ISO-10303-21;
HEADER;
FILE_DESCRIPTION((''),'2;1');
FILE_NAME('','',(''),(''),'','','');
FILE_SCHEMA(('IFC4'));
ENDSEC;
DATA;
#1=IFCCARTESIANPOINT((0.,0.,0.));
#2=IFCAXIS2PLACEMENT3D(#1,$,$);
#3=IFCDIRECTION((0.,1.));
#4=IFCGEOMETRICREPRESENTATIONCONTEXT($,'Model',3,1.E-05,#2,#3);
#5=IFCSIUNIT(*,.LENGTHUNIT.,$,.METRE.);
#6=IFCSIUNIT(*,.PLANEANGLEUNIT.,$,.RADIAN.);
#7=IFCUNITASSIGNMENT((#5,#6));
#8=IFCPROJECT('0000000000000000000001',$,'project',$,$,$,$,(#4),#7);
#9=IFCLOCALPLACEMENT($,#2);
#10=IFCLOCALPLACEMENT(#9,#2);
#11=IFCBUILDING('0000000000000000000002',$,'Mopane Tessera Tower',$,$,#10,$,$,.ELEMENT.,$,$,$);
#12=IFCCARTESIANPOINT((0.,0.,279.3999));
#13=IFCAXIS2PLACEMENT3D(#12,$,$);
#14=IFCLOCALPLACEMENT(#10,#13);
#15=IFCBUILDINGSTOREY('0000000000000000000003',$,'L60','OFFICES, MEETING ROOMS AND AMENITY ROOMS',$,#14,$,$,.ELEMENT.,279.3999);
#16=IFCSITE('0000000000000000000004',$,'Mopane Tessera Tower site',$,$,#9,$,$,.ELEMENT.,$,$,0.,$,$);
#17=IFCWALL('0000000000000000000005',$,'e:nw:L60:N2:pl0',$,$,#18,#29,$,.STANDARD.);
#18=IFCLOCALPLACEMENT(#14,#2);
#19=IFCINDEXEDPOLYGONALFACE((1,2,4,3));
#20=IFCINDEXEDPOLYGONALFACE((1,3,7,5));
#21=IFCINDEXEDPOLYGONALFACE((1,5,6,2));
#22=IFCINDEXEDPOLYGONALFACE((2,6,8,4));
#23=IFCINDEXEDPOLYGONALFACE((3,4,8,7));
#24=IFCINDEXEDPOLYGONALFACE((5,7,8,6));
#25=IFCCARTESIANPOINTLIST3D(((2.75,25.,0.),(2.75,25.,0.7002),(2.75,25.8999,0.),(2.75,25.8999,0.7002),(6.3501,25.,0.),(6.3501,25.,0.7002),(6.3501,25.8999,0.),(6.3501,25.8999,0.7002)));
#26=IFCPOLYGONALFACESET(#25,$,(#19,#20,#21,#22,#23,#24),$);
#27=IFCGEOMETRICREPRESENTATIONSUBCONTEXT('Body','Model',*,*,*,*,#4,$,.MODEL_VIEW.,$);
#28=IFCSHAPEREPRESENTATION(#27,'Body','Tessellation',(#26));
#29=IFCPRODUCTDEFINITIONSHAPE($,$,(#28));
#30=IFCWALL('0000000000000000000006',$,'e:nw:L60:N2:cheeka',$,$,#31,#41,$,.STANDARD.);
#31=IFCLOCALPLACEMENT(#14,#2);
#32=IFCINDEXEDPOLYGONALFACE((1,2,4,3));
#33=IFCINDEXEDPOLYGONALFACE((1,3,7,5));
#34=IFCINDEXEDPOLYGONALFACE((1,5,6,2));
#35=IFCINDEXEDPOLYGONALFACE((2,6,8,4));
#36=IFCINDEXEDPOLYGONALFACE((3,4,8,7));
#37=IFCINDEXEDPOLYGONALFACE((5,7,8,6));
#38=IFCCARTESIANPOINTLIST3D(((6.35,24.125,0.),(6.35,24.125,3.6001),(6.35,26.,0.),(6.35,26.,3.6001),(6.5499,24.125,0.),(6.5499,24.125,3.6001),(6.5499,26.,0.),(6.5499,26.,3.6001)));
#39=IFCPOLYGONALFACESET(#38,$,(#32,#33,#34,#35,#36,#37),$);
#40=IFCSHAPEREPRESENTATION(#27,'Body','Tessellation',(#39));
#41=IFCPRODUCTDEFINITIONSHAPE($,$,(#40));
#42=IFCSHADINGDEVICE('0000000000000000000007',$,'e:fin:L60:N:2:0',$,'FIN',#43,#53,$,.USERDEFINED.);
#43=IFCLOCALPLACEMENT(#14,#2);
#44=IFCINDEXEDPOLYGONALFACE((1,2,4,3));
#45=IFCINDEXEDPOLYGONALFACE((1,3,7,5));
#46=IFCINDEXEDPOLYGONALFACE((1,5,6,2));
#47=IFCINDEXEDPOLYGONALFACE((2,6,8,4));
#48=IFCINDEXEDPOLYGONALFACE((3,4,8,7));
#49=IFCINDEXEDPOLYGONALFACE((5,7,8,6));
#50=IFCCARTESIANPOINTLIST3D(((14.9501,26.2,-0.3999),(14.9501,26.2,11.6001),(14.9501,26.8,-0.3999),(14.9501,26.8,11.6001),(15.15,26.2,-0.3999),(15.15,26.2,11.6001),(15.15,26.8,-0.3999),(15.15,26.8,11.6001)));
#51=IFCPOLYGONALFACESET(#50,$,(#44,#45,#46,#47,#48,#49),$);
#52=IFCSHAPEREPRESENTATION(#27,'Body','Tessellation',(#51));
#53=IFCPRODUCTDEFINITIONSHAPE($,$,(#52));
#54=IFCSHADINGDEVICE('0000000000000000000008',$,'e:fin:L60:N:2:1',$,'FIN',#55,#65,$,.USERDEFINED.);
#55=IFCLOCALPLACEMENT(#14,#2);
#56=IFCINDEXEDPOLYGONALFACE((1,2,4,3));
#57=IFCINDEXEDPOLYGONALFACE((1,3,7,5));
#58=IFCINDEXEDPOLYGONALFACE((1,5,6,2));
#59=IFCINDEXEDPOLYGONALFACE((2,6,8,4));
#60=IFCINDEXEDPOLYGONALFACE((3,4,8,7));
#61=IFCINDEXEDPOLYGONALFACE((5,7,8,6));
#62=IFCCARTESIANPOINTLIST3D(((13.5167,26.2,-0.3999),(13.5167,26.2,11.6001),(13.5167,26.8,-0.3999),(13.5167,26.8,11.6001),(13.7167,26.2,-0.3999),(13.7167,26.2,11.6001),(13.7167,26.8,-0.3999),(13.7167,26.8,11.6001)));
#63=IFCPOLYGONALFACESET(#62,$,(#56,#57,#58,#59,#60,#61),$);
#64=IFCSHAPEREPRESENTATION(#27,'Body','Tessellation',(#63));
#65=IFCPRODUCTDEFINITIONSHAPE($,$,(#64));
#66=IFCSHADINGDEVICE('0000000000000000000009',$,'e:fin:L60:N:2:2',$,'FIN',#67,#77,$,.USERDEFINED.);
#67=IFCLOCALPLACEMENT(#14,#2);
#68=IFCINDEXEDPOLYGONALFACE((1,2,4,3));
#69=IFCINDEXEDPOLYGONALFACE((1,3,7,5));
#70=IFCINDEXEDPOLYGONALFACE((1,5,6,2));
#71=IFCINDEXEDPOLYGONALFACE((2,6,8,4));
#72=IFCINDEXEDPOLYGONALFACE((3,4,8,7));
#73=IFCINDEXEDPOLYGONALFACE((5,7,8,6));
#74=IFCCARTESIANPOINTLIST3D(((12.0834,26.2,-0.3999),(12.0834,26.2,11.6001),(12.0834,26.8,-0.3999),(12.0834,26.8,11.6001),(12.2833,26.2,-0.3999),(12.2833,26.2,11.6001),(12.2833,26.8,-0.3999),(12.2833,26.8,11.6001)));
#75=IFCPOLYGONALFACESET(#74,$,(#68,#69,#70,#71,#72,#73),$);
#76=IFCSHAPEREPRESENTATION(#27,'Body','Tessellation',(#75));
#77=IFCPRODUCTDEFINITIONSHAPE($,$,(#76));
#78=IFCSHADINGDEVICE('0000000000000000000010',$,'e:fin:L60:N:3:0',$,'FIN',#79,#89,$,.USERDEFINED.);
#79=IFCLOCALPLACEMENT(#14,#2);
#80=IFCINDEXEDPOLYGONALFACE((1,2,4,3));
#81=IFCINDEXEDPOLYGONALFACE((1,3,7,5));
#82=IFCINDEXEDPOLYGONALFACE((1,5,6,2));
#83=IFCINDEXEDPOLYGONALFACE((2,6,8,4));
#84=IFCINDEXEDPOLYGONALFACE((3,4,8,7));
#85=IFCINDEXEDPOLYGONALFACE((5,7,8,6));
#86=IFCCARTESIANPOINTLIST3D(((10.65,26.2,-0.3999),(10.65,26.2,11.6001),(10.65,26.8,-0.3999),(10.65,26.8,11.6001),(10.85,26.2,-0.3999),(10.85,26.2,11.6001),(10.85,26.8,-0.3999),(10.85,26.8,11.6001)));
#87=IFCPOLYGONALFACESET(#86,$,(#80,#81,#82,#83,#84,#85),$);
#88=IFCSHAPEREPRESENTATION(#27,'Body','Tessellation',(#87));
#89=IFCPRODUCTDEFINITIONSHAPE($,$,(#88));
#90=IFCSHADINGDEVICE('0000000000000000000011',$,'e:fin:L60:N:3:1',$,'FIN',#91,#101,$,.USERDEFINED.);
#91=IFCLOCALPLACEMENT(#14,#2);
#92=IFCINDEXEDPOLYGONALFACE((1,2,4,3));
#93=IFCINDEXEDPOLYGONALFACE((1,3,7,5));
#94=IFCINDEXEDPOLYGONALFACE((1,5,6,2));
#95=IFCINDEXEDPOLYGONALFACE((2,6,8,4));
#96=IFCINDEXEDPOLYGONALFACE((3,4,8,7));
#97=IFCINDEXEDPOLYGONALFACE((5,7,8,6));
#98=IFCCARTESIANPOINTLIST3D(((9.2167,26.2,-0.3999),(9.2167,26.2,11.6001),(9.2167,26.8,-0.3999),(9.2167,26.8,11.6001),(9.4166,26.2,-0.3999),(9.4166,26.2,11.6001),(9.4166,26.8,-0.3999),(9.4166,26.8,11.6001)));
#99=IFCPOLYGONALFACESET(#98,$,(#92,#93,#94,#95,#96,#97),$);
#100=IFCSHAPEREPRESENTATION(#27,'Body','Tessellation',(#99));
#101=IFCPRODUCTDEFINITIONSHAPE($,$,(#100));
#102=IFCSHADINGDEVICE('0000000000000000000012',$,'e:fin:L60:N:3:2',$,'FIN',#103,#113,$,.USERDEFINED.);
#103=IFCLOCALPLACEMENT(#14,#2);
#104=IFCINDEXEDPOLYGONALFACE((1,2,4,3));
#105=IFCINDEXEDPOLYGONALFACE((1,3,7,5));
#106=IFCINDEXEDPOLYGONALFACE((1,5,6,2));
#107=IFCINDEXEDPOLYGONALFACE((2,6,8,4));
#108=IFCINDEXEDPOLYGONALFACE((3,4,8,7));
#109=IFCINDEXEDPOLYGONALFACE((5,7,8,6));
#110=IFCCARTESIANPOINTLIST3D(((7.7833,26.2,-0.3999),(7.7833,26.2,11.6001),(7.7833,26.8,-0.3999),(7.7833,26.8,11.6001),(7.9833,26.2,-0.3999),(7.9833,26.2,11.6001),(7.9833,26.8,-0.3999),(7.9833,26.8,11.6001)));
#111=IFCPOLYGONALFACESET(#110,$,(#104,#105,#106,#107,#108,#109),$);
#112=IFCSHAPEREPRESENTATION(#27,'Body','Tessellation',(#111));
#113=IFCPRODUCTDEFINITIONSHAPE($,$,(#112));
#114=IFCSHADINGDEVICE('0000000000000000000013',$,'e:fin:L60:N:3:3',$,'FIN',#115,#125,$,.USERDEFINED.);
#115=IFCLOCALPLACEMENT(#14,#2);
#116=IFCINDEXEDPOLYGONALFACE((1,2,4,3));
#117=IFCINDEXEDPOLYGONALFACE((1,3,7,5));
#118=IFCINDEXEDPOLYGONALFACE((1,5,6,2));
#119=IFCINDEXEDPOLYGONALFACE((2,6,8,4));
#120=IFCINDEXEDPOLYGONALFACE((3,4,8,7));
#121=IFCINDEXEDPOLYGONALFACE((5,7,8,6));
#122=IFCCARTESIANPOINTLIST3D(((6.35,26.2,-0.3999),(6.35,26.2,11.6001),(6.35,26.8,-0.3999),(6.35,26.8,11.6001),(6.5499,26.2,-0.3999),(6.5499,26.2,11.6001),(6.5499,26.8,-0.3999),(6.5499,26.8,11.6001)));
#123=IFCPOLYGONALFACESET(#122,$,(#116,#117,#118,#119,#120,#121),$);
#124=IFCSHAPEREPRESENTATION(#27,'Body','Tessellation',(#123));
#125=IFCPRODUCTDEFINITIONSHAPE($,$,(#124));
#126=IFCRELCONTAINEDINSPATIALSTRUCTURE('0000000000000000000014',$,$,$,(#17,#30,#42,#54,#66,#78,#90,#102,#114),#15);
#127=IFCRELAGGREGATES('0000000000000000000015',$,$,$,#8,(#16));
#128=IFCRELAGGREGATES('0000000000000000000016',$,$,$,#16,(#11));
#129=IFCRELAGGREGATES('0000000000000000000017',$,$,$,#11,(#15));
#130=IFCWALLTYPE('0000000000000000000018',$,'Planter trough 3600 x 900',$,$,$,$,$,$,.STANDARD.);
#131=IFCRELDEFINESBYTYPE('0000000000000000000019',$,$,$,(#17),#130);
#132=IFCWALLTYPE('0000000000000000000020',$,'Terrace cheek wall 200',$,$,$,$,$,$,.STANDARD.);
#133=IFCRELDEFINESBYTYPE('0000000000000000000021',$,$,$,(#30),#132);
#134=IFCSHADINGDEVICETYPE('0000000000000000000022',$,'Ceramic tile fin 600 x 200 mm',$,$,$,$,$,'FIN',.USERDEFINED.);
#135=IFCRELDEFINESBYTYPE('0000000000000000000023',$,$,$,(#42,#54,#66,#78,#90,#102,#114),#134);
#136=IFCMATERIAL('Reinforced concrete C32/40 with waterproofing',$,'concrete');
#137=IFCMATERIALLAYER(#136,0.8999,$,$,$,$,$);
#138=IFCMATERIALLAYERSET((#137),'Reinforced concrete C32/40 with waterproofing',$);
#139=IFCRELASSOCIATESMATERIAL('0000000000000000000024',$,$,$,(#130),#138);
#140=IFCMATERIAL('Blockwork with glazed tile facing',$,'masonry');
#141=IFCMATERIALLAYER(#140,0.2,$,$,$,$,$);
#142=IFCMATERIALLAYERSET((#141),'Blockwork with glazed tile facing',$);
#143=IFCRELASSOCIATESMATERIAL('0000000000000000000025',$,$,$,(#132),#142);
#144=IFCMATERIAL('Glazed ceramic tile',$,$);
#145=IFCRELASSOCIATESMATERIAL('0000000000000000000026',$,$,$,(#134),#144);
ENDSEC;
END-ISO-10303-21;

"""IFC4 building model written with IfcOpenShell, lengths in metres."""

from ifc_helpers import new_model, si_unit, direction, frame, frame_2d, origin, origin_2d, place, context, subcontext, project, spatial, rectangle, extrude, material, layer, layer_set, type_object, element, save


model = new_model("IFC4")

# Units and contexts
model_context = context("Model", 3, precision=1e-05, world=origin(), true_north=direction((0.0, 1.0)))
body_context = subcontext(model_context, "Body", "Model", "MODEL_VIEW")
ifc_project = project(units=[si_unit("LENGTHUNIT", "METRE"), si_unit("PLANEANGLEUNIT", "RADIAN")], contexts=[model_context])

# Site, building, storey
site_placement = place(None, origin())
site = spatial("IfcSite", under=ifc_project, at=site_placement, Name="Mopane Tessera Tower site", CompositionType="ELEMENT", RefElevation=0.0)
building_placement = place(site_placement, origin())
building = spatial("IfcBuilding", under=site, at=building_placement, Name="Mopane Tessera Tower", CompositionType="ELEMENT")
storey_placement = place(building_placement, frame((0.0, 0.0, 279.3999)))
storey = spatial("IfcBuildingStorey", under=building, at=storey_placement, Name="L60", Description="OFFICES, MEETING ROOMS AND AMENITY ROOMS", CompositionType="ELEMENT", Elevation=279.3999)

# Walls
ifc_material_1 = material(Name="Reinforced concrete C32/40 with waterproofing", Category="concrete")
ifc_layer_1 = layer(ifc_material_1, 0.8999)
ifc_layer_set_1 = layer_set([ifc_layer_1], Name="Reinforced concrete C32/40 with waterproofing")
wall_type_1 = type_object("IfcWallType", Name="Planter trough 3600 x 900", PredefinedType="STANDARD", material=ifc_layer_set_1)
wall_1_placement = place(storey_placement, frame((6.3501, 25.45, 0.0), z_axis=(0.0, 0.0, 1.0), x_axis=(-1.0, 0.0, 0.0)))
element("IfcWall", 1, at=wall_1_placement, inside=storey, type_object=wall_type_1, Name="e:nw:L60:N2:pl0", PredefinedType="STANDARD", context=body_context, shape_type="SweptSolid", body=[
    extrude(rectangle(XDim=3.6001, YDim=0.8999, at=frame_2d((1.8, 0.0))), origin(), (0.0, 0.0, 1.0), 0.7002),
])
ifc_material_2 = material(Name="Blockwork with glazed tile facing", Category="masonry")
ifc_layer_2 = layer(ifc_material_2, 0.2)
ifc_layer_set_2 = layer_set([ifc_layer_2], Name="Blockwork with glazed tile facing")
wall_type_2 = type_object("IfcWallType", Name="Terrace cheek wall 200", PredefinedType="STANDARD", material=ifc_layer_set_2)
wall_2_placement = place(storey_placement, frame((6.45, 26.0, 0.0), z_axis=(0.0, 0.0, 1.0), x_axis=(0.0, -1.0, 0.0)))
element("IfcWall", 2, at=wall_2_placement, inside=storey, type_object=wall_type_2, Name="e:nw:L60:N2:cheeka", PredefinedType="STANDARD", context=body_context, shape_type="SweptSolid", body=[
    extrude(rectangle(XDim=1.875, YDim=0.2, at=frame_2d((0.9375, 0.0))), origin(), (0.0, 0.0, 1.0), 3.6001),
])

# Shading devices
ifc_material_3 = material(Name="Glazed ceramic tile")
shading_device_type = type_object("IfcShadingDeviceType", Name="Ceramic tile fin 600 x 200 mm", ElementType="FIN", PredefinedType="USERDEFINED", material=ifc_material_3)
for number, where, z_axis, x_axis, name in (
    (3, (15.05, 26.5, -0.3999), (0.0, 0.0, 1.0), (-1.0, 0.0, 0.0), "e:fin:L60:N:2:0"),
    (4, (13.6167, 26.5, -0.3999), (0.0, 0.0, 1.0), (-1.0, 0.0, 0.0), "e:fin:L60:N:2:1"),
    (5, (12.1833, 26.5, -0.3999), (0.0, 0.0, 1.0), (-1.0, 0.0, 0.0), "e:fin:L60:N:2:2"),
    (6, (10.75, 26.5, -0.3999), (0.0, 0.0, 1.0), (-1.0, 0.0, 0.0), "e:fin:L60:N:3:0"),
    (7, (9.3167, 26.5, -0.3999), (0.0, 0.0, 1.0), (-1.0, 0.0, 0.0), "e:fin:L60:N:3:1"),
    (8, (7.8833, 26.5, -0.3999), (0.0, 0.0, 1.0), (-1.0, 0.0, 0.0), "e:fin:L60:N:3:2"),
    (9, (6.45, 26.5, -0.3999), (0.0, 0.0, 1.0), (-1.0, 0.0, 0.0), "e:fin:L60:N:3:3"),
):
    element("IfcShadingDevice", number, at=place(storey_placement, frame(where, z_axis=z_axis, x_axis=x_axis)), inside=storey, type_object=shading_device_type, Name=name, ObjectType="FIN", PredefinedType="USERDEFINED", context=body_context, shape_type="SweptSolid", body=[
        extrude(rectangle(XDim=0.2, YDim=0.6001, at=origin_2d()), origin(), (0.0, 0.0, 1.0), 12.0),
    ])

save(model, "model.ifc")
